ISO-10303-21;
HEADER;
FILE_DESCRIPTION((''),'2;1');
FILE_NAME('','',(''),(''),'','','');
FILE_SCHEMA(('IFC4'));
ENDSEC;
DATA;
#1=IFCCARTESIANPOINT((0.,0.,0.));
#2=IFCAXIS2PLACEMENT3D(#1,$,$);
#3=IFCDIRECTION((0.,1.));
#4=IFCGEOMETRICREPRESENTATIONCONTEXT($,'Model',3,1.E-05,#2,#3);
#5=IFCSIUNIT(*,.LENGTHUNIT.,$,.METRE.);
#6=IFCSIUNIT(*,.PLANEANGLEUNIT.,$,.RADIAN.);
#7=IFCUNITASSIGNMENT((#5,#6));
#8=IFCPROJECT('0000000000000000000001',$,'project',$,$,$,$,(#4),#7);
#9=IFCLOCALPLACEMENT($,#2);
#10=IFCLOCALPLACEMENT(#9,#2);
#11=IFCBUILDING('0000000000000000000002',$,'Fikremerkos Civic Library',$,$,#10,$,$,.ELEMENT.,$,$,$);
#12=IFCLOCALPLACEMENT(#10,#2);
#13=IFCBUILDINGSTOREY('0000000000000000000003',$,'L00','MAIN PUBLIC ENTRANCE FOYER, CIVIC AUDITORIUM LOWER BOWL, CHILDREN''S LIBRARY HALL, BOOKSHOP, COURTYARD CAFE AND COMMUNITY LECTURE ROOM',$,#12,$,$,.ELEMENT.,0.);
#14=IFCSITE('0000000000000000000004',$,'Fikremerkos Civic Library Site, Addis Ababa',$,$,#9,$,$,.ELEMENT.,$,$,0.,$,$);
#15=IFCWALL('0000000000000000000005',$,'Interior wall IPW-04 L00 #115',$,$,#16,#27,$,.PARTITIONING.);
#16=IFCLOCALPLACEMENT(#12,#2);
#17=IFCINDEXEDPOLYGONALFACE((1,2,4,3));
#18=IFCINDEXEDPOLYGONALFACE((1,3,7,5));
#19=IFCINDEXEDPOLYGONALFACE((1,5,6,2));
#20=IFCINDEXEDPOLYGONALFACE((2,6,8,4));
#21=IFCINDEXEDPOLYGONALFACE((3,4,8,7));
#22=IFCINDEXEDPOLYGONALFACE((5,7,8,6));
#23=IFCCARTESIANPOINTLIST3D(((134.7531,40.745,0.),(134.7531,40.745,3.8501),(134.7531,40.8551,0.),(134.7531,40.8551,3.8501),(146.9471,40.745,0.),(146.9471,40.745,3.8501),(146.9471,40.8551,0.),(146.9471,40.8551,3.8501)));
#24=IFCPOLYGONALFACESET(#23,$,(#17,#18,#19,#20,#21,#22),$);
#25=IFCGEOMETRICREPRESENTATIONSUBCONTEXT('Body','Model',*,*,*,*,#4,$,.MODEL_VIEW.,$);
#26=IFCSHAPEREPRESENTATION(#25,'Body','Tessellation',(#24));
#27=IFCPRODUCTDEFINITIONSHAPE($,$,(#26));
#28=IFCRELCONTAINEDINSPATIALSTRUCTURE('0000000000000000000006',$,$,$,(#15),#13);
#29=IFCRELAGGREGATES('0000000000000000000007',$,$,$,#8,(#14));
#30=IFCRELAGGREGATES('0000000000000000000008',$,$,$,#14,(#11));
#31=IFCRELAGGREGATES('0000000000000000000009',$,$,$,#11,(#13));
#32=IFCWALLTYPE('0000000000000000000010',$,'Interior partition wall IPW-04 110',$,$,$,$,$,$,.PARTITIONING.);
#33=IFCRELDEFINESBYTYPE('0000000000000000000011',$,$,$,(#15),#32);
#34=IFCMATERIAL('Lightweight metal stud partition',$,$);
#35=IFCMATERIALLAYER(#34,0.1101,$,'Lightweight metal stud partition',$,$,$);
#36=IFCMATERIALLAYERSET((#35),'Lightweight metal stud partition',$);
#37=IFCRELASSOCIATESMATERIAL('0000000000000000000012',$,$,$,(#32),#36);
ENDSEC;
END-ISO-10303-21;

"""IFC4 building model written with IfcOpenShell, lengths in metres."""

from ifc_helpers import new_model, si_unit, direction, frame, frame_2d, origin, place, context, subcontext, project, spatial, rectangle, extrude, material, layer, layer_set, type_object, element, save


model = new_model("IFC4")

# Units and contexts
model_context = context("Model", 3, precision=1e-05, world=origin(), true_north=direction((0.0, 1.0)))
body_context = subcontext(model_context, "Body", "Model", "MODEL_VIEW")
ifc_project = project(units=[si_unit("LENGTHUNIT", "METRE"), si_unit("PLANEANGLEUNIT", "RADIAN")], contexts=[model_context])

# Site, building, storey
site_placement = place(None, origin())
site = spatial("IfcSite", under=ifc_project, at=site_placement, Name="Fikremerkos Civic Library Site, Addis Ababa", CompositionType="ELEMENT", RefElevation=0.0)
building_placement = place(site_placement, origin())
building = spatial("IfcBuilding", under=site, at=building_placement, Name="Fikremerkos Civic Library", CompositionType="ELEMENT")
storey_placement = place(building_placement, origin())
storey = spatial("IfcBuildingStorey", under=building, at=storey_placement, Name="L00", Description="MAIN PUBLIC ENTRANCE FOYER, CIVIC AUDITORIUM LOWER BOWL, CHILDREN'S LIBRARY HALL, BOOKSHOP, COURTYARD CAFE AND COMMUNITY LECTURE ROOM", CompositionType="ELEMENT", Elevation=0.0)

# Wall
ifc_material_1 = material(Name="Lightweight metal stud partition")
ifc_layer_1 = layer(ifc_material_1, 0.1101, Name="Lightweight metal stud partition")
ifc_layer_set_1 = layer_set([ifc_layer_1], Name="Lightweight metal stud partition")
wall_type_1 = type_object("IfcWallType", Name="Interior partition wall IPW-04 110", PredefinedType="PARTITIONING", material=ifc_layer_set_1)
wall_1_placement = place(storey_placement, frame((134.7529, 40.8, 0.0), z_axis=(0.0, 0.0, 1.0), x_axis=(1.0, 0.0, 0.0)))
element("IfcWall", 1, at=wall_1_placement, inside=storey, type_object=wall_type_1, Name="Interior wall IPW-04 L00 #115", PredefinedType="PARTITIONING", context=body_context, shape_type="SweptSolid", body=[
    extrude(rectangle(XDim=12.1941, YDim=0.1101, at=frame_2d((6.0972, 0.0))), origin(), (0.0, 0.0, 1.0), 3.8501),
])

save(model, "model.ifc")
